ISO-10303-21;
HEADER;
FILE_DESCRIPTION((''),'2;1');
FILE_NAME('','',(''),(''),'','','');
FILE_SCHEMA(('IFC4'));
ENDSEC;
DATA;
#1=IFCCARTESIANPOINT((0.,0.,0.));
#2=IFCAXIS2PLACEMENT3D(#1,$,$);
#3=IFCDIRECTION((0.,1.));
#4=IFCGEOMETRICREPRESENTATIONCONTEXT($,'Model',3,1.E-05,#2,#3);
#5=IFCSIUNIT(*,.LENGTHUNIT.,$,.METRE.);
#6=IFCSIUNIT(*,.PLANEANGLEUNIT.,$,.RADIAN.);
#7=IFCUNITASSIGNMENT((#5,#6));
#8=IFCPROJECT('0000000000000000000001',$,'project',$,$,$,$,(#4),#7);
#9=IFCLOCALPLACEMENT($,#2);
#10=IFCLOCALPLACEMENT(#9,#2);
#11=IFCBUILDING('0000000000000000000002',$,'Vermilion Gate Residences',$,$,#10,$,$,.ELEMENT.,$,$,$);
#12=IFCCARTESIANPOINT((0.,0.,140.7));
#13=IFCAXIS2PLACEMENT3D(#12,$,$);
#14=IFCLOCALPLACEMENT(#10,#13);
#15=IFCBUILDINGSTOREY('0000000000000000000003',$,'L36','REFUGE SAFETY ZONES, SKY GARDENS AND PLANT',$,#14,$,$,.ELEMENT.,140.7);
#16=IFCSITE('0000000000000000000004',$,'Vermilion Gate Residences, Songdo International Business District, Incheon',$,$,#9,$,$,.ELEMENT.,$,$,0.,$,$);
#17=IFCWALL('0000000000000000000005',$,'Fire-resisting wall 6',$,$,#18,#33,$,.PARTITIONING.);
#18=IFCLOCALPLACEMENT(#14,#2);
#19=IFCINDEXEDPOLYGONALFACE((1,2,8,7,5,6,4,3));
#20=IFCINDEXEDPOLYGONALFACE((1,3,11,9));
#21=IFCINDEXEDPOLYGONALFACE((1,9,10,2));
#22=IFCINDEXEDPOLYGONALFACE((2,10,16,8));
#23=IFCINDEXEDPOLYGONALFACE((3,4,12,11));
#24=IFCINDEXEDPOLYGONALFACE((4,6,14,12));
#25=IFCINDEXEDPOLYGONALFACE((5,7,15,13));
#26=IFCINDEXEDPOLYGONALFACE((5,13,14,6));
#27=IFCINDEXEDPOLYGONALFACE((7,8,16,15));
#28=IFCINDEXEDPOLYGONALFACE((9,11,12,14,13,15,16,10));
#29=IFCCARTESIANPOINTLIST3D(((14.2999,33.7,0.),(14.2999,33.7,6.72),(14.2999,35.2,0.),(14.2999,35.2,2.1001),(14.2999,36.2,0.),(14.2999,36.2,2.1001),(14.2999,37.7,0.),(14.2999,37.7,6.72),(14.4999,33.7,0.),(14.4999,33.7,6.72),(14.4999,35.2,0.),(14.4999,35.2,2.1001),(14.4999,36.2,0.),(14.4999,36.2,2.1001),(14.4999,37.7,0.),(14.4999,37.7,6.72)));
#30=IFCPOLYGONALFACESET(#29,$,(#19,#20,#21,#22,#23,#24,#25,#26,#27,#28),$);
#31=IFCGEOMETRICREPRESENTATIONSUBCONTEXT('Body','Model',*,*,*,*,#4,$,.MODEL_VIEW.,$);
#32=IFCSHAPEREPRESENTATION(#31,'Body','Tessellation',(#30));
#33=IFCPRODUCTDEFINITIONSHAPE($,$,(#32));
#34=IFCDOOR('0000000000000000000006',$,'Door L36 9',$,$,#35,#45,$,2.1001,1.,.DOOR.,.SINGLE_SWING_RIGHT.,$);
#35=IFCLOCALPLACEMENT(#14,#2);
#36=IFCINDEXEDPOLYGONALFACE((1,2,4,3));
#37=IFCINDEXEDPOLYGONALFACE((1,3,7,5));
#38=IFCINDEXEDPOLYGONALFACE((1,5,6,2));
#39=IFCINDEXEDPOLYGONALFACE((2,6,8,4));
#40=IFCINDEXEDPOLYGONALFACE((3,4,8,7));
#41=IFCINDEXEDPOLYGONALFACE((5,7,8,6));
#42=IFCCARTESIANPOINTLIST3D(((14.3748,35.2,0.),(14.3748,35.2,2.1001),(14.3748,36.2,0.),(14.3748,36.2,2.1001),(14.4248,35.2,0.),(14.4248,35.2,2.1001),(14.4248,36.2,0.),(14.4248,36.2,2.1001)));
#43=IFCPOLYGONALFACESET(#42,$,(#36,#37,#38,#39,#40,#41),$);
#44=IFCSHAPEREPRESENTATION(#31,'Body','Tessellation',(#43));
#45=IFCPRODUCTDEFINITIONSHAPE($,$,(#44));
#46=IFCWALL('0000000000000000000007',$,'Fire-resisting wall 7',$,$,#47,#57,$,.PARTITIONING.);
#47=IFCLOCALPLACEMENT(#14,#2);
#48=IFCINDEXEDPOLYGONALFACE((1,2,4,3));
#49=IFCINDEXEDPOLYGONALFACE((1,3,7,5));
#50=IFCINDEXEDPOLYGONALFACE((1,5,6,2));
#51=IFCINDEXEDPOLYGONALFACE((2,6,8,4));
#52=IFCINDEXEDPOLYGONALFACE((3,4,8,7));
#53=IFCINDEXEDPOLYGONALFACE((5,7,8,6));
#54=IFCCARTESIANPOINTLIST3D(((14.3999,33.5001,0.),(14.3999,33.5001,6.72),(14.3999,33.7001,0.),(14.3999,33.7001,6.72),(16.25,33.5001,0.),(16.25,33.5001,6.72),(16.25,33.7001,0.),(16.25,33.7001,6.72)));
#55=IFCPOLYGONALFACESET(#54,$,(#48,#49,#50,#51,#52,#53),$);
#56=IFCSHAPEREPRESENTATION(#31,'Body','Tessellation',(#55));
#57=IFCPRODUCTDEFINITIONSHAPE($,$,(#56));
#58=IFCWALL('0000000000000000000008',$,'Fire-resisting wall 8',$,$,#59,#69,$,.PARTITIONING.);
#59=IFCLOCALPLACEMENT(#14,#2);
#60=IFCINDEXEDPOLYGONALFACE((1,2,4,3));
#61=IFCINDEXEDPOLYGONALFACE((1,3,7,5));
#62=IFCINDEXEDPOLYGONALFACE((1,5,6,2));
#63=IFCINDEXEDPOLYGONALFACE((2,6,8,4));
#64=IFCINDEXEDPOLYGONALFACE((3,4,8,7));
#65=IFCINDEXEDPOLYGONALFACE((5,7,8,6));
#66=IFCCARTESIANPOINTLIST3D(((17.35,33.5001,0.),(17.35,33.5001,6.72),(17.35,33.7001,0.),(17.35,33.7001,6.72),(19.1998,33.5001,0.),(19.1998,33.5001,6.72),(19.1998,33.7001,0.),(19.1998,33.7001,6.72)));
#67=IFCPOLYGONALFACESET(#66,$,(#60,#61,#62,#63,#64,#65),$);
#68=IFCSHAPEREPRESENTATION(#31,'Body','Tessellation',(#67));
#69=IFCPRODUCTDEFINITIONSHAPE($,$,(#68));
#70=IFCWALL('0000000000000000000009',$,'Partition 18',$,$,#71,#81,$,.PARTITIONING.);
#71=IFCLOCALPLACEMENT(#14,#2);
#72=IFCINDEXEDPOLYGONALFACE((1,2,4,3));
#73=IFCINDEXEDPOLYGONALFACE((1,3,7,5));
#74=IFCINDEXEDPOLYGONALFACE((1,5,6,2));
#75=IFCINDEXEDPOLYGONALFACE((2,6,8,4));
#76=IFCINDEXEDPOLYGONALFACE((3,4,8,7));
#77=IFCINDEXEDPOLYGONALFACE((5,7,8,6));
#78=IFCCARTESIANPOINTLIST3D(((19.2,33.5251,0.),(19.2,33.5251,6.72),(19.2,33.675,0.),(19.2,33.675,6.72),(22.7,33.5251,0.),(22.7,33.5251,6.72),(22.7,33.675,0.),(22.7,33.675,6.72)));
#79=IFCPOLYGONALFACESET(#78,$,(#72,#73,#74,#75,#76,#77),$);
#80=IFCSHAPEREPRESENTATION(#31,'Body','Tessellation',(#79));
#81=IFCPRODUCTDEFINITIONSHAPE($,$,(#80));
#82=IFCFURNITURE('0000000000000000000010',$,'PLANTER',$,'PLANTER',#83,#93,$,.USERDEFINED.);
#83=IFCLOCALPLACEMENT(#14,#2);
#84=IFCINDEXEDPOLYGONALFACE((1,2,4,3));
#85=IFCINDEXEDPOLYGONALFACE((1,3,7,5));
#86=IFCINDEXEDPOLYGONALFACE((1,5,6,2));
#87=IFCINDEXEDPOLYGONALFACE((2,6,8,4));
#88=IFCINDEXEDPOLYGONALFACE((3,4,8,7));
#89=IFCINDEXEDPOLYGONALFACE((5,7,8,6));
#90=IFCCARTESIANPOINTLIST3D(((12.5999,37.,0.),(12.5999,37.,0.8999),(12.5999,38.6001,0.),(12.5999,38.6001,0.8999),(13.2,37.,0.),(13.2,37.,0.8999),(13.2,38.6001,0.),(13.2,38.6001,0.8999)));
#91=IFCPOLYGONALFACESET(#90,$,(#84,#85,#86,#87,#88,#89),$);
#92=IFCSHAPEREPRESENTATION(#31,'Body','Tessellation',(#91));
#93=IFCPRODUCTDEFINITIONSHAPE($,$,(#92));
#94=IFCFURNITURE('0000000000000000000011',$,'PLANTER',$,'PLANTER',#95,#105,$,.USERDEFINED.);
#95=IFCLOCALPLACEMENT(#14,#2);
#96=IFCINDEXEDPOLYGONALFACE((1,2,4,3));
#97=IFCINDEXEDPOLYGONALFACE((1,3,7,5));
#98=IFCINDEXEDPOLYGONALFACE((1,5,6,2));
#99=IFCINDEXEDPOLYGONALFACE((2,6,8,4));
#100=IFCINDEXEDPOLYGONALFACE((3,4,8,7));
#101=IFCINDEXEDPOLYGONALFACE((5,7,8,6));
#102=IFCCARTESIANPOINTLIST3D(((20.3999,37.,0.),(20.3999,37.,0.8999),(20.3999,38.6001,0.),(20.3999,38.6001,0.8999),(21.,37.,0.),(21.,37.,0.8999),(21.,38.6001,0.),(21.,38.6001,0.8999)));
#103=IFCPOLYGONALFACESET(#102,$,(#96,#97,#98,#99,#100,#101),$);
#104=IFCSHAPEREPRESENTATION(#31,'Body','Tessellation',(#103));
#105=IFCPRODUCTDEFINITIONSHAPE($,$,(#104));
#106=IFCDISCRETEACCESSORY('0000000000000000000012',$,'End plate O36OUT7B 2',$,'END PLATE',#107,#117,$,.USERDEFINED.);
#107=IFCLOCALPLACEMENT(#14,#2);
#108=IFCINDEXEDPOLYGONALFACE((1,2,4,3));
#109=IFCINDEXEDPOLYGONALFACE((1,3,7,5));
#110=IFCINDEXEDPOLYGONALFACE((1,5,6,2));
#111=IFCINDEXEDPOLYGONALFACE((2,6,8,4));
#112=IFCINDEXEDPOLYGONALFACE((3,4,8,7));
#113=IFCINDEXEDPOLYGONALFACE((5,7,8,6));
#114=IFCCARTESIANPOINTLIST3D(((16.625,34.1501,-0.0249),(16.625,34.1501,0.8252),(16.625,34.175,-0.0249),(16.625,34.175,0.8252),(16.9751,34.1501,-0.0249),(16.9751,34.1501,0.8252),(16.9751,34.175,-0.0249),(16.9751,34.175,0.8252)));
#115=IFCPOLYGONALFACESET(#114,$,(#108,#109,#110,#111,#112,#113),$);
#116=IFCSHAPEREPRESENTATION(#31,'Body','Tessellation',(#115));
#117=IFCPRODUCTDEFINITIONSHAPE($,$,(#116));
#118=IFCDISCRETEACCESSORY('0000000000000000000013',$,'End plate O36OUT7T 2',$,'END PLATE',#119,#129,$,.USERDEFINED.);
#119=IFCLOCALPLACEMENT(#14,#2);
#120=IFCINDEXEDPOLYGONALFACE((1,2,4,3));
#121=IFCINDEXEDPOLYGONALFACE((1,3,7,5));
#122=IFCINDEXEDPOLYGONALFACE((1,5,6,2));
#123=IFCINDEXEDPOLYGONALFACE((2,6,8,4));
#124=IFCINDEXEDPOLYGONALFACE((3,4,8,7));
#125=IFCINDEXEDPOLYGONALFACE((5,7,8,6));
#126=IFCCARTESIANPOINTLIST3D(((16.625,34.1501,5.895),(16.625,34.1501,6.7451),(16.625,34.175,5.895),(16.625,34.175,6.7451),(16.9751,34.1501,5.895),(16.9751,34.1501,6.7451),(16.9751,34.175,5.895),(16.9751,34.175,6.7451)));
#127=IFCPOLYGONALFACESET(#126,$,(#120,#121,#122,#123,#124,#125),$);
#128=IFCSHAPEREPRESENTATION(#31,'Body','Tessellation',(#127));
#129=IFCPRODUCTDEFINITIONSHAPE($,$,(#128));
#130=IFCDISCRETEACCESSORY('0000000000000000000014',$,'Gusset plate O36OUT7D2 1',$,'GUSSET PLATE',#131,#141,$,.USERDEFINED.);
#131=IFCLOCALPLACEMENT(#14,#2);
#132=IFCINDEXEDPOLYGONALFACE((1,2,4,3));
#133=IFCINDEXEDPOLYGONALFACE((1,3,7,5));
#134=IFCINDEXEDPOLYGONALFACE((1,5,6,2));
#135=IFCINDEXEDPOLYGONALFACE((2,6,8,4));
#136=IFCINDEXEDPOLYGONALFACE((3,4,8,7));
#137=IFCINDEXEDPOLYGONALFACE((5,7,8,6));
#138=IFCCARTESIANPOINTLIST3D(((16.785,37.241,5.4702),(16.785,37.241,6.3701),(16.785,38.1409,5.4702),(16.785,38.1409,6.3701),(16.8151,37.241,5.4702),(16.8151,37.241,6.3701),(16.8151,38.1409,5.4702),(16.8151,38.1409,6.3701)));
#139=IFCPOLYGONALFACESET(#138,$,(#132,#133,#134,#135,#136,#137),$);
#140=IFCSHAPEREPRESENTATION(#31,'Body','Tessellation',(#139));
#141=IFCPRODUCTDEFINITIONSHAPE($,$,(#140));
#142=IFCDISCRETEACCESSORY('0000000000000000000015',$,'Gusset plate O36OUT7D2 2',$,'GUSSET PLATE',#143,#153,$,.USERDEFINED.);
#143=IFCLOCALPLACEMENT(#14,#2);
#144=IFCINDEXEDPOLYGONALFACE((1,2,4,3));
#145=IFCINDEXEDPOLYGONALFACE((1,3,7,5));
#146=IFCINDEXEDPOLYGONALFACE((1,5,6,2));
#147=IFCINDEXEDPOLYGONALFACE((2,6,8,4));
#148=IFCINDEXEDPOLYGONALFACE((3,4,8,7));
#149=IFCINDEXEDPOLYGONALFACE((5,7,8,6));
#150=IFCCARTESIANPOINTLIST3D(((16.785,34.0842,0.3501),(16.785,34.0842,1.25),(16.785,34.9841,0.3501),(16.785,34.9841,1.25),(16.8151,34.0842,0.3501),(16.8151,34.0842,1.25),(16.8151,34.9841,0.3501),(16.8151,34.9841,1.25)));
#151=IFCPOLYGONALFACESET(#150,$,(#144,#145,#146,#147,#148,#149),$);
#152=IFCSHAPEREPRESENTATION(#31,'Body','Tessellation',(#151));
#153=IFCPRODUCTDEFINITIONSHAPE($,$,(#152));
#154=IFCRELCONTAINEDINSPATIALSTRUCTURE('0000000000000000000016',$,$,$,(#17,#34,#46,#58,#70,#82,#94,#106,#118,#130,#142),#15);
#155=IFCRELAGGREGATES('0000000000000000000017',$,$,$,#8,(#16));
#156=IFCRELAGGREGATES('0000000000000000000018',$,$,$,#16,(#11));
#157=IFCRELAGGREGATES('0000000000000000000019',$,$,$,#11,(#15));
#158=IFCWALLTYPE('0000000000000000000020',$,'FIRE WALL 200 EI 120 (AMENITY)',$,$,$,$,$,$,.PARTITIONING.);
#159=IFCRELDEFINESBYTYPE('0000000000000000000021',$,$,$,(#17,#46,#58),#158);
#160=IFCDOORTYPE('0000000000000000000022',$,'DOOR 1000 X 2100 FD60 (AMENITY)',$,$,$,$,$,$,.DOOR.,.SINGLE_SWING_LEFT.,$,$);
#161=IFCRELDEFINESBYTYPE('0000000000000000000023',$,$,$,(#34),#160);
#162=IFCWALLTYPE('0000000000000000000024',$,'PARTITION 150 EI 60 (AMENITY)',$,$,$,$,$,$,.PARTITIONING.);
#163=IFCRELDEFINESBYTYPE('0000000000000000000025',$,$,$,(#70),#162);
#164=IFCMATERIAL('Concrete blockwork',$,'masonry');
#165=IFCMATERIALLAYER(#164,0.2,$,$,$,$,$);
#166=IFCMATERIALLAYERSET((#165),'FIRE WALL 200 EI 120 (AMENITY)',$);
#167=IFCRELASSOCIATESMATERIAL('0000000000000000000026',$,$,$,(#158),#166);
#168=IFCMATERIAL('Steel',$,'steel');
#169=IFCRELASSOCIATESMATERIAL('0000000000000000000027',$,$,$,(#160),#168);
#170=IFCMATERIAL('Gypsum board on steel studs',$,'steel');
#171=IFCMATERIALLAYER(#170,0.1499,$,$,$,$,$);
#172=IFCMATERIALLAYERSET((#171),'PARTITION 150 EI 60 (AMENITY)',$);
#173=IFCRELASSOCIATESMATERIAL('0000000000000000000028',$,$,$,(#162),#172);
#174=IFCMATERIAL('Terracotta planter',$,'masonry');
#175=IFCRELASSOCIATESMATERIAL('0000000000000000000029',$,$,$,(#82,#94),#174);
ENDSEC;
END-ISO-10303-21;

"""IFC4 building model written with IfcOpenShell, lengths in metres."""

from ifc_helpers import new_model, si_unit, direction, frame, frame_2d, origin, origin_2d, place, context, subcontext, project, spatial, rectangle, extrude, material, layer, layer_set, type_object, element, fill, save


model = new_model("IFC4")

# Units and contexts
model_context = context("Model", 3, precision=1e-05, world=origin(), true_north=direction((0.0, 1.0)))
body_context = subcontext(model_context, "Body", "Model", "MODEL_VIEW")
ifc_project = project(units=[si_unit("LENGTHUNIT", "METRE"), si_unit("PLANEANGLEUNIT", "RADIAN")], contexts=[model_context])

# Site, building, storey
site_placement = place(None, origin())
site = spatial("IfcSite", under=ifc_project, at=site_placement, Name="Vermilion Gate Residences, Songdo International Business District, Incheon", CompositionType="ELEMENT", RefElevation=0.0)
building_placement = place(site_placement, origin())
building = spatial("IfcBuilding", under=site, at=building_placement, Name="Vermilion Gate Residences", CompositionType="ELEMENT")
storey_placement = place(building_placement, frame((0.0, 0.0, 140.7)))
storey = spatial("IfcBuildingStorey", under=building, at=storey_placement, Name="L36", Description="REFUGE SAFETY ZONES, SKY GARDENS AND PLANT", CompositionType="ELEMENT", Elevation=140.7)

# Shared definitions
ifc_material_1 = material(Name="Concrete blockwork", Category="masonry")
ifc_layer_1 = layer(ifc_material_1, 0.2)
ifc_layer_set_1 = layer_set([ifc_layer_1], Name="FIRE WALL 200 EI 120 (AMENITY)")
wall_type_1 = type_object("IfcWallType", Name="FIRE WALL 200 EI 120 (AMENITY)", PredefinedType="PARTITIONING", material=ifc_layer_set_1)

# Wall, opening, door
wall_1_placement = place(storey_placement, frame((14.3999, 33.7, 0.0), z_axis=(0.0, 0.0, 1.0), x_axis=(0.0, 1.0, 0.0)))
wall_1 = element("IfcWall", 1, at=wall_1_placement, inside=storey, type_object=wall_type_1, Name="Fire-resisting wall 6", PredefinedType="PARTITIONING", context=body_context, shape_type="SweptSolid", body=[
    extrude(rectangle(XDim=4.0, YDim=0.2, at=frame_2d((2.0, 0.0))), origin(), (0.0, 0.0, 1.0), 6.72),
])
opening_placement = place(wall_1_placement, frame((1.5, 0.0, 0.0)))
opening = element("IfcOpeningElement", 2, at=opening_placement, cuts=wall_1, PredefinedType="OPENING", context=body_context, shape_type="SweptSolid", body=[
    extrude(rectangle(XDim=1.0, YDim=2.1001, at=frame_2d((0.5, 1.05))), frame((0.0, 0.1099, 0.0), z_axis=(0.0, -1.0, 0.0), x_axis=(1.0, 0.0, 0.0)), (0.0, 0.0, 1.0), 0.22),
])
ifc_material_2 = material(Name="Steel", Category="steel")
door_type = type_object("IfcDoorType", Name="DOOR 1000 X 2100 FD60 (AMENITY)", OperationType="SINGLE_SWING_LEFT", PredefinedType="DOOR", material=ifc_material_2)
door_placement = place(opening_placement, frame((1.0, 0.0, 0.0), z_axis=(0.0, 0.0, 1.0), x_axis=(-1.0, 0.0, 0.0)))
door = element("IfcDoor", 3, at=door_placement, inside=storey, type_object=door_type, Name="Door L36 9", OperationType="SINGLE_SWING_RIGHT", OverallHeight=2.1001, OverallWidth=1.0, PredefinedType="DOOR", context=body_context, shape_type="SweptSolid", body=[
    extrude(rectangle(XDim=1.0, YDim=2.1001, at=frame_2d((0.5, 1.05))), frame((0.0, 0.0249, 0.0), z_axis=(0.0, -1.0, 0.0), x_axis=(1.0, 0.0, 0.0)), (0.0, 0.0, 1.0), 0.05),
])
fill(opening, door)

# Walls
wall_2_placement = place(storey_placement, frame((14.3999, 33.6001, 0.0), z_axis=(0.0, 0.0, 1.0), x_axis=(1.0, 0.0, 0.0)))
element("IfcWall", 4, at=wall_2_placement, inside=storey, type_object=wall_type_1, Name="Fire-resisting wall 7", PredefinedType="PARTITIONING", context=body_context, shape_type="SweptSolid", body=[
    extrude(rectangle(XDim=1.8501, YDim=0.2, at=frame_2d((0.925, 0.0))), origin(), (0.0, 0.0, 1.0), 6.72),
])
wall_3_placement = place(storey_placement, frame((17.3501, 33.6001, 0.0), z_axis=(0.0, 0.0, 1.0), x_axis=(1.0, 0.0, 0.0)))
element("IfcWall", 5, at=wall_3_placement, inside=storey, type_object=wall_type_1, Name="Fire-resisting wall 8", PredefinedType="PARTITIONING", context=body_context, shape_type="SweptSolid", body=[
    extrude(rectangle(XDim=1.8499, YDim=0.2, at=frame_2d((0.9248, 0.0))), origin(), (0.0, 0.0, 1.0), 6.72),
])
ifc_material_3 = material(Name="Gypsum board on steel studs", Category="steel")
ifc_layer_2 = layer(ifc_material_3, 0.1499)
ifc_layer_set_2 = layer_set([ifc_layer_2], Name="PARTITION 150 EI 60 (AMENITY)")
wall_type_2 = type_object("IfcWallType", Name="PARTITION 150 EI 60 (AMENITY)", PredefinedType="PARTITIONING", material=ifc_layer_set_2)
wall_4_placement = place(storey_placement, frame((19.2, 33.6001, 0.0), z_axis=(0.0, 0.0, 1.0), x_axis=(1.0, 0.0, 0.0)))
element("IfcWall", 6, at=wall_4_placement, inside=storey, type_object=wall_type_2, Name="Partition 18", PredefinedType="PARTITIONING", context=body_context, shape_type="SweptSolid", body=[
    extrude(rectangle(XDim=3.5, YDim=0.1499, at=frame_2d((1.75, 0.0))), origin(), (0.0, 0.0, 1.0), 6.72),
])

# Furniture
ifc_material_4 = material(Name="Terracotta planter", Category="masonry")
for number, where, z_axis, x_axis, name in (
    (7, (12.8999, 37.8, 0.0), (0.0, 0.0, 1.0), (0.0, -1.0, 0.0), "PLANTER"),
    (8, (20.7, 37.8, 0.0), (0.0, 0.0, 1.0), (0.0, 1.0, 0.0), "PLANTER"),
):
    element("IfcFurniture", number, at=place(storey_placement, frame(where, z_axis=z_axis, x_axis=x_axis)), inside=storey, material=ifc_material_4, Name=name, ObjectType="PLANTER", PredefinedType="USERDEFINED", context=body_context, shape_type="SweptSolid", body=[
        extrude(rectangle(XDim=1.6001, YDim=0.6001, at=origin_2d()), origin(), (0.0, 0.0, 1.0), 0.8999),
    ])

# Discrete accessories
for number, where, z_axis, x_axis, name in (
    (9, (16.8, 34.1626, -0.0249), (0.0, 0.0, 1.0), (1.0, 0.0, 0.0), "End plate O36OUT7B 2"),
    (10, (16.8, 34.1626, 5.895), (0.0, 0.0, 1.0), (1.0, 0.0, 0.0), "End plate O36OUT7T 2"),
):
    element("IfcDiscreteAccessory", number, at=place(storey_placement, frame(where, z_axis=z_axis, x_axis=x_axis)), inside=storey, Name=name, ObjectType="END PLATE", PredefinedType="USERDEFINED", context=body_context, shape_type="SweptSolid", body=[
        extrude(rectangle(XDim=0.3501, YDim=0.0249, at=origin_2d()), origin(), (0.0, 0.0, 1.0), 0.8501),
    ])
for number, where, z_axis, x_axis, name in (
    (11, (16.8, 37.6909, 5.4702), (0.0, 0.0, 1.0), (1.0, 0.0, 0.0), "Gusset plate O36OUT7D2 1"),
    (12, (16.8, 34.5342, 0.3501), (0.0, 0.0, 1.0), (1.0, 0.0, 0.0), "Gusset plate O36OUT7D2 2"),
):
    element("IfcDiscreteAccessory", number, at=place(storey_placement, frame(where, z_axis=z_axis, x_axis=x_axis)), inside=storey, Name=name, ObjectType="GUSSET PLATE", PredefinedType="USERDEFINED", context=body_context, shape_type="SweptSolid", body=[
        extrude(rectangle(XDim=0.03, YDim=0.8999, at=origin_2d()), origin(), (0.0, 0.0, 1.0), 0.8999),
    ])

save(model, "model.ifc")
